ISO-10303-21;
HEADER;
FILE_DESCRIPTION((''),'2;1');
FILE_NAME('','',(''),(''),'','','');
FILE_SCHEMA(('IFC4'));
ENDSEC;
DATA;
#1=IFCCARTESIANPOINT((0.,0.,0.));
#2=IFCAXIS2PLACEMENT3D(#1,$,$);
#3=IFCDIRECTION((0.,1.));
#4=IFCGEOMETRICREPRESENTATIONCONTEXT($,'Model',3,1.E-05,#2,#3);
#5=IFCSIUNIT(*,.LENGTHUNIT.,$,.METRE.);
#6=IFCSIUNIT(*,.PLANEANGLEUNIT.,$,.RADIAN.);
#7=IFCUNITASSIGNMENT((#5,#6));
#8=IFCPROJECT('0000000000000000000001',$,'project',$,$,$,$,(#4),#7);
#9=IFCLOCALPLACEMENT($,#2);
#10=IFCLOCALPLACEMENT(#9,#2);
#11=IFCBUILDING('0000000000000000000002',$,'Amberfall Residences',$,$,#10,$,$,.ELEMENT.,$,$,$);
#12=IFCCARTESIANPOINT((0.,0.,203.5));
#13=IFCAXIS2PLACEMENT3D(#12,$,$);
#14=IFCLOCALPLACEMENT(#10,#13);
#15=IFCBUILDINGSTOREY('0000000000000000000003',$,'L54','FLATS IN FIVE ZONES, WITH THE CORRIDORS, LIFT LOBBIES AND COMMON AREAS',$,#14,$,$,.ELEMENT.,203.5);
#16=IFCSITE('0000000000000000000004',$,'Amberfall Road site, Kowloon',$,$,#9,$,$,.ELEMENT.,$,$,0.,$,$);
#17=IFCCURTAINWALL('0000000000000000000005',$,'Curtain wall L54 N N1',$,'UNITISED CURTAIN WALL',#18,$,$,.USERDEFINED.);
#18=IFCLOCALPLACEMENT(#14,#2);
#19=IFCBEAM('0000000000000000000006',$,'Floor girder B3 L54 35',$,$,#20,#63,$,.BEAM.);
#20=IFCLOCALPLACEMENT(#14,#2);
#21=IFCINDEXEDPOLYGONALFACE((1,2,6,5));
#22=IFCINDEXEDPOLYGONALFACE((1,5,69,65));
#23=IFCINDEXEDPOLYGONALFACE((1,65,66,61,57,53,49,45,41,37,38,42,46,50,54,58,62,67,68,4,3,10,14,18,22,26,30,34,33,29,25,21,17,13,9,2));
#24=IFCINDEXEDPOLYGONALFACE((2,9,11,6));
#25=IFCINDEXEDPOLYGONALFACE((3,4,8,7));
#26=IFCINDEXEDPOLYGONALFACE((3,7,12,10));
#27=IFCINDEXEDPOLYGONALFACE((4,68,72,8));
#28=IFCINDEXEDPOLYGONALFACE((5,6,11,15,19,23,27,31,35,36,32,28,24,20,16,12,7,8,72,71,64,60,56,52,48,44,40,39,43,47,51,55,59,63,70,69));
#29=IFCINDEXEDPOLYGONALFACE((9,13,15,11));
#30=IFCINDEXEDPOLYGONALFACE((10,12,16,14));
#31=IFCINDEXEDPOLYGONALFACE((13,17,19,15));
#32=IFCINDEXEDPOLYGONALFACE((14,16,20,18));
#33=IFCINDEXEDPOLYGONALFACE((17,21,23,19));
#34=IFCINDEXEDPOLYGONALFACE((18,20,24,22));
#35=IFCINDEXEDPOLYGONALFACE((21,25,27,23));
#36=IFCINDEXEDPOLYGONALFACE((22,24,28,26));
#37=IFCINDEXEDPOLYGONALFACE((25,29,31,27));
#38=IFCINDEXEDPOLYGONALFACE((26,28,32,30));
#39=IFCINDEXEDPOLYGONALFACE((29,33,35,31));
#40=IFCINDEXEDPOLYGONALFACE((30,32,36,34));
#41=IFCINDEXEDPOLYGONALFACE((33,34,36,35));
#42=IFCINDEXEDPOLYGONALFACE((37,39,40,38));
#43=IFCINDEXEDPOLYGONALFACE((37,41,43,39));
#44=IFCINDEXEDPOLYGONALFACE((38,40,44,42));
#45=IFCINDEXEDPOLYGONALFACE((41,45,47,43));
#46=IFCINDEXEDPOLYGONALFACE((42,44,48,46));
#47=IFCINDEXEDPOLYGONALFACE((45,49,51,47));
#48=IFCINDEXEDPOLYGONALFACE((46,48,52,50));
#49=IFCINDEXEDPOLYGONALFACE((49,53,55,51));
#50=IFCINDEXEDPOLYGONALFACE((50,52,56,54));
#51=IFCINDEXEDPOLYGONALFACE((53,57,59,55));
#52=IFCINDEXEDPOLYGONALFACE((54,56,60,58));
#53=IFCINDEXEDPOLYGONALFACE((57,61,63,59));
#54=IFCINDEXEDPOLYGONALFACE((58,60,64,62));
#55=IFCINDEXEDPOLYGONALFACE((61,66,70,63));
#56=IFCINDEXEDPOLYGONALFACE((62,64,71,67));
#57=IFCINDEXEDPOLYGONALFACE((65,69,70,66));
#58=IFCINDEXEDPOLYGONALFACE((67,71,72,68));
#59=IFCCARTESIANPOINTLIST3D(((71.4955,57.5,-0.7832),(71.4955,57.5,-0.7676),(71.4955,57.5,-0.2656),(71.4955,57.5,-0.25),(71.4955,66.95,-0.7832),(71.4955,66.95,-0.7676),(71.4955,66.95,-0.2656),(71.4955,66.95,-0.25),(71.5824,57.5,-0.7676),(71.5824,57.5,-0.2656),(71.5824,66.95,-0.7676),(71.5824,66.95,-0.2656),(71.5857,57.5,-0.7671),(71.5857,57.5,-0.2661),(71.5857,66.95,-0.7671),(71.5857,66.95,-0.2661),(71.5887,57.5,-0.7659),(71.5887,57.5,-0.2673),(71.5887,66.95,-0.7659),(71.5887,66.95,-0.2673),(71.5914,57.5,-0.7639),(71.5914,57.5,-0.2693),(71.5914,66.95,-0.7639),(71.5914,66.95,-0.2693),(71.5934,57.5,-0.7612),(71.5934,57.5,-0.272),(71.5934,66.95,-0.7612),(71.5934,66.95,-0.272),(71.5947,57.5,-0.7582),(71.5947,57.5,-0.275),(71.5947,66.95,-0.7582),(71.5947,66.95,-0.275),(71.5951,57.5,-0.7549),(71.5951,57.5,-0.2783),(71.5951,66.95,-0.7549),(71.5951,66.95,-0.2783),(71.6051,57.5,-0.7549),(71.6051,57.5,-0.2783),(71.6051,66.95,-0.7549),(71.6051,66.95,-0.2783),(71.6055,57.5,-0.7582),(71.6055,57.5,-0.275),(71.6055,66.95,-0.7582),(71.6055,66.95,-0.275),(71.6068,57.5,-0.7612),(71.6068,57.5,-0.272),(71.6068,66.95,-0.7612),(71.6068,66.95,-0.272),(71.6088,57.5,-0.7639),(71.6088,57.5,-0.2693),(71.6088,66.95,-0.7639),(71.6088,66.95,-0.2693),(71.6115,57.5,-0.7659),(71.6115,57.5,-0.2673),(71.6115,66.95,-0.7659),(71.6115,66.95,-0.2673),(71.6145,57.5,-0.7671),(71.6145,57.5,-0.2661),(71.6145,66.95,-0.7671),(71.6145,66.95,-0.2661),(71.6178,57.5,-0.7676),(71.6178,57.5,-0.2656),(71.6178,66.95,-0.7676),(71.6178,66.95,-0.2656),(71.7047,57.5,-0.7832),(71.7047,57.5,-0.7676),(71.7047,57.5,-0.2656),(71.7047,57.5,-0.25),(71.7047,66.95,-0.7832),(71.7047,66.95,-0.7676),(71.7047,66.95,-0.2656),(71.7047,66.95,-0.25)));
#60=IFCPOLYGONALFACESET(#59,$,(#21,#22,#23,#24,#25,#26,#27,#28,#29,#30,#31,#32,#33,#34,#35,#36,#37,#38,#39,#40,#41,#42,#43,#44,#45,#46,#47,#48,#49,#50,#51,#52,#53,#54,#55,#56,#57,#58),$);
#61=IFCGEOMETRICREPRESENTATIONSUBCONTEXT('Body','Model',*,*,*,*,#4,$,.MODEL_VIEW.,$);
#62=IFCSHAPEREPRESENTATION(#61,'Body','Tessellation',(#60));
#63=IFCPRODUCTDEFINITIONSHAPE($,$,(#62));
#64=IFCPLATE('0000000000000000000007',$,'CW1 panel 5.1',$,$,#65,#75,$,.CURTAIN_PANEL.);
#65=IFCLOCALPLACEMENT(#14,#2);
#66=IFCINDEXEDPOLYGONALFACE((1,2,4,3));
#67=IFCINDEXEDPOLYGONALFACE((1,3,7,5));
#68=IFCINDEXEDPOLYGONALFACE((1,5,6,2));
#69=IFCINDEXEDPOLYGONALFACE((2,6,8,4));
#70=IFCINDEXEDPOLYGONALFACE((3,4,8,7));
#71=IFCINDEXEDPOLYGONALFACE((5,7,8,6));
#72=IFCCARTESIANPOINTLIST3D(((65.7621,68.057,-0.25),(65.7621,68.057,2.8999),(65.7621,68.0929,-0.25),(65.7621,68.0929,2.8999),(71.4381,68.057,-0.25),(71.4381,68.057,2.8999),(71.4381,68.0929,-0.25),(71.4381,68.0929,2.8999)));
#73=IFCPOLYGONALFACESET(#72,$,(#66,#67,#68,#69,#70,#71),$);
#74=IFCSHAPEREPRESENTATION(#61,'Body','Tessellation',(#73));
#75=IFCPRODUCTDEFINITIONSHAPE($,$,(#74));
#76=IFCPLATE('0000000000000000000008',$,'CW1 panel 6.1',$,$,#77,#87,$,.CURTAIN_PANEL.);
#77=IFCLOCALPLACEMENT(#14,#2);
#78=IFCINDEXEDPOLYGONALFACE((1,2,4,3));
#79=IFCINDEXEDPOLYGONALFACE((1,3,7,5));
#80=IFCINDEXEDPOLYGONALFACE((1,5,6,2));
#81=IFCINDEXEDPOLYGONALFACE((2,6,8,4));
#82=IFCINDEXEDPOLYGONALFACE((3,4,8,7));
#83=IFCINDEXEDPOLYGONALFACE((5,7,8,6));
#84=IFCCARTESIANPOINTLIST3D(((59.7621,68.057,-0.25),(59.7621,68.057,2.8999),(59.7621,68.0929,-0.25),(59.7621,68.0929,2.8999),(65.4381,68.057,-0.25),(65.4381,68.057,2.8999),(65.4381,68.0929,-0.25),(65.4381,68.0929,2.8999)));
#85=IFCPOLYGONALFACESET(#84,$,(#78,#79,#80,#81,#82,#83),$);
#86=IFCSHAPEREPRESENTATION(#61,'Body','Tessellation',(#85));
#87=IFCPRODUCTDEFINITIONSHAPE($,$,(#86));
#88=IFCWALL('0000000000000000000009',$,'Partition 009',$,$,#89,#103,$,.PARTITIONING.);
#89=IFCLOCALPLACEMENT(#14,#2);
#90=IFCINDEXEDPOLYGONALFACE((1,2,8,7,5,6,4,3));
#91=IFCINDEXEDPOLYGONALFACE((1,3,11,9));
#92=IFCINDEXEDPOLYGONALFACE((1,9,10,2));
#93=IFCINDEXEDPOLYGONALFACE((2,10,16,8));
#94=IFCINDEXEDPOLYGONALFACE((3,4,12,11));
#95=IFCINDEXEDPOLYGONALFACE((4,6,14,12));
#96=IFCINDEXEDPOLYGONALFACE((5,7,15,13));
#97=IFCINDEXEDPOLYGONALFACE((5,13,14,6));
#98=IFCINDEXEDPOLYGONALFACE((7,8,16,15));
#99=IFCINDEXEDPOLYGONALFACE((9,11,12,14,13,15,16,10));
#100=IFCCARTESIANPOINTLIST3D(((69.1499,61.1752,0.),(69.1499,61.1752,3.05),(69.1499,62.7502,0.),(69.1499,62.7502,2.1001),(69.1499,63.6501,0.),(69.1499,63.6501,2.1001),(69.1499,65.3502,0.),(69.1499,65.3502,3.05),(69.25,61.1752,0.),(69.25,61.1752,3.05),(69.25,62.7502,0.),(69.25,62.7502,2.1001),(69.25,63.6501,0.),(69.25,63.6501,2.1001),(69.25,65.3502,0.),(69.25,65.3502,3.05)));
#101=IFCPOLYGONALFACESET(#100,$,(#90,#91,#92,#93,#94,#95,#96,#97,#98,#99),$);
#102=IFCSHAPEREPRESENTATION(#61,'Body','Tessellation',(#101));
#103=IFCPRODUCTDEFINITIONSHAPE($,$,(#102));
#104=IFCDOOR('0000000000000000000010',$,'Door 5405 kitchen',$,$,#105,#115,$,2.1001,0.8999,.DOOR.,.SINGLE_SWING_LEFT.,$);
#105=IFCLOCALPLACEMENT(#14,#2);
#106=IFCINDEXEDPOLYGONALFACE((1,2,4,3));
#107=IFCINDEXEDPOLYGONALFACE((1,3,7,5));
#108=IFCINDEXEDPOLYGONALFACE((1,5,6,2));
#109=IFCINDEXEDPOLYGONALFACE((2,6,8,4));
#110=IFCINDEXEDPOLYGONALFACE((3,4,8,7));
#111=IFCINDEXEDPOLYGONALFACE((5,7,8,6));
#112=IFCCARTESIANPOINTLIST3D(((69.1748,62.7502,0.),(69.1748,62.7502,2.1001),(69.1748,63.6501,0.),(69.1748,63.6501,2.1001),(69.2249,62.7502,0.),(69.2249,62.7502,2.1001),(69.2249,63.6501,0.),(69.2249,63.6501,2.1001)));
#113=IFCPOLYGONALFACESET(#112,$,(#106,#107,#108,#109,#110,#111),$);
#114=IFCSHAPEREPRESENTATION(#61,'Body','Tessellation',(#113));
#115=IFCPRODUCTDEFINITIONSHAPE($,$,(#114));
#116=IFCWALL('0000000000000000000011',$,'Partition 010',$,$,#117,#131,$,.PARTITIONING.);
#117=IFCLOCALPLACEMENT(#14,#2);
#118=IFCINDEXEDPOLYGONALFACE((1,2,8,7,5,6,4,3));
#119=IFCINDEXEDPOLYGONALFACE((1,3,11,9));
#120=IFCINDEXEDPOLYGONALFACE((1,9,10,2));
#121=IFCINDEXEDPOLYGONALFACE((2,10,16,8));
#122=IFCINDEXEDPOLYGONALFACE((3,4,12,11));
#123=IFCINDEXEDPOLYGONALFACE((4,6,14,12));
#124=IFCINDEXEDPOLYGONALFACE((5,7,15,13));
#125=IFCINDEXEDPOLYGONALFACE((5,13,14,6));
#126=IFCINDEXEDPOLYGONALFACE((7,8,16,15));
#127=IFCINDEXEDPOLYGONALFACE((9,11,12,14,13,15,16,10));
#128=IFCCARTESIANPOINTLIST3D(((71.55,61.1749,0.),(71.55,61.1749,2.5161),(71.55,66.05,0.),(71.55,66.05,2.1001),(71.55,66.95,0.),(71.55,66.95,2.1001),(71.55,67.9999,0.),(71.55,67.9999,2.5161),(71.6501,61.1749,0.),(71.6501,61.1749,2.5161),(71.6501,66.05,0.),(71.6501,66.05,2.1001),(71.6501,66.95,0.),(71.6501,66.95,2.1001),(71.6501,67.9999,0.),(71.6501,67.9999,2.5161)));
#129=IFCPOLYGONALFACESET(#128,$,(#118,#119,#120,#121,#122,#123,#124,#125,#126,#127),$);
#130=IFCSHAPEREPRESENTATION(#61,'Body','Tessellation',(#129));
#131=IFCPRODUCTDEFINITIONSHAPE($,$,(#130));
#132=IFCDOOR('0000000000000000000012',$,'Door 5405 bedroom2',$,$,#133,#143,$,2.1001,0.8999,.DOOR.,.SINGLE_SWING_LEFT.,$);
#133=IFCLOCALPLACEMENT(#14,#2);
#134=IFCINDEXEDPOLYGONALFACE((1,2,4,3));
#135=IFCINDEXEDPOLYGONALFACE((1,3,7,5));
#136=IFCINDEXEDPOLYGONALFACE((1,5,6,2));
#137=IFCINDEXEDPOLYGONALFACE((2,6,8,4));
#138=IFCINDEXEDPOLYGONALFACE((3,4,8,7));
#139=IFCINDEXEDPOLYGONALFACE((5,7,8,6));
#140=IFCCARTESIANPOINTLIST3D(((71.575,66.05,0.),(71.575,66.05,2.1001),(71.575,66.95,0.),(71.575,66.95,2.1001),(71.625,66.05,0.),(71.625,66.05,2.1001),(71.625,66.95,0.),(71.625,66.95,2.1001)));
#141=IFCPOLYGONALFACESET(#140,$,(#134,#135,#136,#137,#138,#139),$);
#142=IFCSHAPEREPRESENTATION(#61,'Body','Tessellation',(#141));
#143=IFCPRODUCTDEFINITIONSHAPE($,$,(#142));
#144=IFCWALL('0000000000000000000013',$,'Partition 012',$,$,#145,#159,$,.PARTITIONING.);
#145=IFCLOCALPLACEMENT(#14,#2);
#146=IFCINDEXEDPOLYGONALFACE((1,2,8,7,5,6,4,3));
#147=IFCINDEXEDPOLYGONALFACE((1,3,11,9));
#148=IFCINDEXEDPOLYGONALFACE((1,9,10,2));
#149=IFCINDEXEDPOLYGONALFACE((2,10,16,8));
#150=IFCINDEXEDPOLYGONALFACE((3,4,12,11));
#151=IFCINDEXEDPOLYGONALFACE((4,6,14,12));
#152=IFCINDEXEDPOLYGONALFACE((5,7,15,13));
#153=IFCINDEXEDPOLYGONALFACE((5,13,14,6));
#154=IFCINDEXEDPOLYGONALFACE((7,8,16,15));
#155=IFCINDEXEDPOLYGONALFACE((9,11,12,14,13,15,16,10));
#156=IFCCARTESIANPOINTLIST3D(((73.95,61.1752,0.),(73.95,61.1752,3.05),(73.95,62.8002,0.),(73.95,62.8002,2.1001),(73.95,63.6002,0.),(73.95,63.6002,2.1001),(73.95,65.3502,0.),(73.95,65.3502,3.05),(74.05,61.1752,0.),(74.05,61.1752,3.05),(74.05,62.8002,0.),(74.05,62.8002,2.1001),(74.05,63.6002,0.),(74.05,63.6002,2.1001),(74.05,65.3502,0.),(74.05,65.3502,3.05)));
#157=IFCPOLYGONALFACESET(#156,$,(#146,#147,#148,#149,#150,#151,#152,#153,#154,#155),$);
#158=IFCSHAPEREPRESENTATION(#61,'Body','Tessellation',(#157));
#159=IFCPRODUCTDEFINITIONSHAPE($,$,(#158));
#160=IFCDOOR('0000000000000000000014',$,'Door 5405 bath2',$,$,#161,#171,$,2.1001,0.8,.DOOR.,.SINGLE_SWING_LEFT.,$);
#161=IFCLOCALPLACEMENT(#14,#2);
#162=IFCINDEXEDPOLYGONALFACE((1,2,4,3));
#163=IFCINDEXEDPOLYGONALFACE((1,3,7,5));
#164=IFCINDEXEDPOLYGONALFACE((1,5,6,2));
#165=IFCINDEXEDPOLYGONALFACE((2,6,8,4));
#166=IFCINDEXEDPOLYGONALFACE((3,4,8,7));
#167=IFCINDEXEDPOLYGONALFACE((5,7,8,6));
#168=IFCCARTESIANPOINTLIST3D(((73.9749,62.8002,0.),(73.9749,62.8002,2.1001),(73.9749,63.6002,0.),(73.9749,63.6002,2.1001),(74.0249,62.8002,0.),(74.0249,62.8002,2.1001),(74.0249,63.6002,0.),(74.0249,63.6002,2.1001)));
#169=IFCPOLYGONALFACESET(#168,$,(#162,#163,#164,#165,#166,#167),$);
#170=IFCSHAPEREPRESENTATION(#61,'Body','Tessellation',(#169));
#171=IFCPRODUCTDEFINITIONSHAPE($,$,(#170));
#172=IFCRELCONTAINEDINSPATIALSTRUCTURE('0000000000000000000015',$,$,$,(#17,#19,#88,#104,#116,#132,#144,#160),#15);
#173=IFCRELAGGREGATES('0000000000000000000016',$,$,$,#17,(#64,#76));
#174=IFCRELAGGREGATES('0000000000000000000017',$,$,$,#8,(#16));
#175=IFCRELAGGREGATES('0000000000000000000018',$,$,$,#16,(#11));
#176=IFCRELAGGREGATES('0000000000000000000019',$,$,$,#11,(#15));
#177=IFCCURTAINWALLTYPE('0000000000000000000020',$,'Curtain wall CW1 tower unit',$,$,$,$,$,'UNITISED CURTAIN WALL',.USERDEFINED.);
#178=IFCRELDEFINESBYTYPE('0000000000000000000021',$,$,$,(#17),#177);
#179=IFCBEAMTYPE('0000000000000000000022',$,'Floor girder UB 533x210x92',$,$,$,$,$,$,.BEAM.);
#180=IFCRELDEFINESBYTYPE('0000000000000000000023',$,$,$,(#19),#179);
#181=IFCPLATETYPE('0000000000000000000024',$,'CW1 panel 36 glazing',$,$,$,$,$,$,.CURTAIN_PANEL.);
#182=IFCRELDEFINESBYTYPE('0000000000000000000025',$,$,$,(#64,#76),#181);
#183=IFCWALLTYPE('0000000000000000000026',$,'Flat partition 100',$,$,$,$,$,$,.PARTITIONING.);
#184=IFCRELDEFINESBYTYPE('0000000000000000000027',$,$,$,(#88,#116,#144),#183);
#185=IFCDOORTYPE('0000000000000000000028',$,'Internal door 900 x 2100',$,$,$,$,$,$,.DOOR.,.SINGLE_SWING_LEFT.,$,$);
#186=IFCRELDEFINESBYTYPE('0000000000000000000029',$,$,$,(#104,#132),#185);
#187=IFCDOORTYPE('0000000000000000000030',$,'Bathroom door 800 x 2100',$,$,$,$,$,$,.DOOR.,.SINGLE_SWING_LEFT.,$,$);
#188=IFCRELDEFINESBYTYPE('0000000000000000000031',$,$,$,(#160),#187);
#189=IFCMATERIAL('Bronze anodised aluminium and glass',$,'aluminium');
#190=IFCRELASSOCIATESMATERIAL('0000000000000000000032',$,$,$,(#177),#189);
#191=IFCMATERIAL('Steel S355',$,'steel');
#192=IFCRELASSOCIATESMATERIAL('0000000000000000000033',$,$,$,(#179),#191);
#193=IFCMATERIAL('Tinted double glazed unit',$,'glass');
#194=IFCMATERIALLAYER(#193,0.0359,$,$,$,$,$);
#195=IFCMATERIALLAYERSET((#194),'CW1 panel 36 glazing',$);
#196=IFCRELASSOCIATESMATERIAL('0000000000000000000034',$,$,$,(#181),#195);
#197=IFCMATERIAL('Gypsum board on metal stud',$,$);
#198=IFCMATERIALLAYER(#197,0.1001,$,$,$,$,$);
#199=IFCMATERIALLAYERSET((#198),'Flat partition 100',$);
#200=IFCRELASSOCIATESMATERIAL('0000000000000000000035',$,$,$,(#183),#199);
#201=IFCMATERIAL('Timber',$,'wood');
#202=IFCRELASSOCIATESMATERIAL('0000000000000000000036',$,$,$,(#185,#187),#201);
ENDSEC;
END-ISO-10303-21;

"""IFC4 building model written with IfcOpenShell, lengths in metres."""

from ifc_helpers import new_model, si_unit, direction, frame, frame_2d, origin, origin_2d, place, context, subcontext, project, spatial, rectangle, i_section, extrude, material, layer, layer_set, material_profile, profile_set, type_object, element, fill, aggregate, save


model = new_model("IFC4")

# Units and contexts
model_context = context("Model", 3, precision=1e-05, world=origin(), true_north=direction((0.0, 1.0)))
body_context = subcontext(model_context, "Body", "Model", "MODEL_VIEW")
ifc_project = project(units=[si_unit("LENGTHUNIT", "METRE"), si_unit("PLANEANGLEUNIT", "RADIAN")], contexts=[model_context])

# Site, building, storey
site_placement = place(None, origin())
site = spatial("IfcSite", under=ifc_project, at=site_placement, Name="Amberfall Road site, Kowloon", CompositionType="ELEMENT", RefElevation=0.0)
building_placement = place(site_placement, origin())
building = spatial("IfcBuilding", under=site, at=building_placement, Name="Amberfall Residences", CompositionType="ELEMENT")
storey_placement = place(building_placement, frame((0.0, 0.0, 203.5)))
storey = spatial("IfcBuildingStorey", under=building, at=storey_placement, Name="L54", Description="FLATS IN FIVE ZONES, WITH THE CORRIDORS, LIFT LOBBIES AND COMMON AREAS", CompositionType="ELEMENT", Elevation=203.5)

# Curtain wall
ifc_material_1 = material(Name="Bronze anodised aluminium and glass", Category="aluminium")
curtain_wall_type = type_object("IfcCurtainWallType", Name="Curtain wall CW1 tower unit", ElementType="UNITISED CURTAIN WALL", PredefinedType="USERDEFINED", material=ifc_material_1)
curtain_wall_placement = place(storey_placement, origin())
curtain_wall = element("IfcCurtainWall", 1, at=curtain_wall_placement, inside=storey, type_object=curtain_wall_type, Name="Curtain wall L54 N N1", ObjectType="UNITISED CURTAIN WALL", PredefinedType="USERDEFINED")

# Shared definitions
ifc_material_2 = material(Name="Steel S355", Category="steel")

# Beam
ifc_material_profile_1 = material_profile(ifc_material_2, i_section(OverallWidth=0.2092, OverallDepth=0.5332, WebThickness=0.01, FlangeThickness=0.0156, FilletRadius=0.0127, at=origin_2d()), Name="UB 533x210x92")
ifc_profile_set_1 = profile_set([ifc_material_profile_1], Name="Steel S355")
beam_type_1 = type_object("IfcBeamType", Name="Floor girder UB 533x210x92", PredefinedType="BEAM", material=ifc_profile_set_1)
for number, where, z_axis, x_axis, name in (
    (2, (71.6001, 66.95, -0.5166), (0.0, -1.0, 0.0), (1.0, 0.0, 0.0), "Floor girder B3 L54 35"),
):
    element("IfcBeam", number, at=place(storey_placement, frame(where, z_axis=z_axis, x_axis=x_axis)), inside=storey, type_object=beam_type_1, Name=name, PredefinedType="BEAM", context=body_context, shape_type="SweptSolid", body=[
        extrude(i_section(OverallWidth=0.2092, OverallDepth=0.5332, WebThickness=0.01, FlangeThickness=0.0156, FilletRadius=0.0127, at=origin_2d()), origin(), (0.0, 0.0, 1.0), 9.45),
    ])

# Plates
ifc_material_3 = material(Name="Tinted double glazed unit", Category="glass")
ifc_layer_1 = layer(ifc_material_3, 0.0359)
ifc_layer_set_1 = layer_set([ifc_layer_1], Name="CW1 panel 36 glazing")
plate_type = type_object("IfcPlateType", Name="CW1 panel 36 glazing", PredefinedType="CURTAIN_PANEL", material=ifc_layer_set_1)
plate_1_placement = place(storey_placement, frame((68.6001, 68.075, -0.25), z_axis=(0.0, 0.0, 1.0), x_axis=(-1.0, 0.0, 0.0)))
plate_1 = element("IfcPlate", 3, at=plate_1_placement, type_object=plate_type, Name="CW1 panel 5.1", PredefinedType="CURTAIN_PANEL", context=body_context, shape_type="SweptSolid", body=[
    extrude(rectangle(XDim=5.676, YDim=0.0359, at=origin_2d()), origin(), (0.0, 0.0, 1.0), 3.1499),
])
plate_2_placement = place(storey_placement, frame((62.6001, 68.075, -0.25), z_axis=(0.0, 0.0, 1.0), x_axis=(-1.0, 0.0, 0.0)))
plate_2 = element("IfcPlate", 4, at=plate_2_placement, type_object=plate_type, Name="CW1 panel 6.1", PredefinedType="CURTAIN_PANEL", context=body_context, shape_type="SweptSolid", body=[
    extrude(rectangle(XDim=5.676, YDim=0.0359, at=origin_2d()), origin(), (0.0, 0.0, 1.0), 3.1499),
])
aggregate(curtain_wall, [plate_1, plate_2])

# Walls, openings, doors
ifc_material_4 = material(Name="Gypsum board on metal stud")
ifc_layer_2 = layer(ifc_material_4, 0.1001)
ifc_layer_set_2 = layer_set([ifc_layer_2], Name="Flat partition 100")
wall_type = type_object("IfcWallType", Name="Flat partition 100", PredefinedType="PARTITIONING", material=ifc_layer_set_2)
wall_1_placement = place(storey_placement, frame((69.2, 65.3501, 0.0), z_axis=(0.0, 0.0, 1.0), x_axis=(0.0, -1.0, 0.0)))
wall_1 = element("IfcWall", 5, at=wall_1_placement, inside=storey, type_object=wall_type, Name="Partition 009", PredefinedType="PARTITIONING", context=body_context, shape_type="SweptSolid", body=[
    extrude(rectangle(XDim=4.175, YDim=0.1001, at=frame_2d((2.0874, 0.0))), origin(), (0.0, 0.0, 1.0), 3.05),
])
opening_1_placement = place(wall_1_placement, frame((1.7, 0.0, 0.0)))
opening_1 = element("IfcOpeningElement", 6, at=opening_1_placement, cuts=wall_1, PredefinedType="OPENING", context=body_context, shape_type="SweptSolid", body=[
    extrude(rectangle(XDim=0.8999, YDim=2.1001, at=frame_2d((0.45, 1.05))), frame((0.0, 0.0601, 0.0), z_axis=(0.0, -1.0, 0.0), x_axis=(1.0, 0.0, 0.0)), (0.0, 0.0, 1.0), 0.1201),
])
ifc_material_5 = material(Name="Timber", Category="wood")
door_type_1 = type_object("IfcDoorType", Name="Internal door 900 x 2100", OperationType="SINGLE_SWING_LEFT", PredefinedType="DOOR", material=ifc_material_5)
door_1_placement = place(opening_1_placement, origin())
door_1 = element("IfcDoor", 7, at=door_1_placement, inside=storey, type_object=door_type_1, Name="Door 5405 kitchen", OperationType="SINGLE_SWING_LEFT", OverallHeight=2.1001, OverallWidth=0.8999, PredefinedType="DOOR", context=body_context, shape_type="SweptSolid", body=[
    extrude(rectangle(XDim=0.8999, YDim=2.1001, at=frame_2d((0.45, 1.05))), frame((0.0, 0.0249, 0.0), z_axis=(0.0, -1.0, 0.0), x_axis=(1.0, 0.0, 0.0)), (0.0, 0.0, 1.0), 0.05),
])
fill(opening_1, door_1)
wall_2_placement = place(storey_placement, frame((71.6001, 68.0, 0.0), z_axis=(0.0, 0.0, 1.0), x_axis=(0.0, -1.0, 0.0)))
wall_2 = element("IfcWall", 8, at=wall_2_placement, inside=storey, type_object=wall_type, Name="Partition 010", PredefinedType="PARTITIONING", context=body_context, shape_type="SweptSolid", body=[
    extrude(rectangle(XDim=6.825, YDim=0.1001, at=frame_2d((3.4126, 0.0))), origin(), (0.0, 0.0, 1.0), 2.5161),
])
opening_2_placement = place(wall_2_placement, frame((1.05, 0.0, 0.0)))
opening_2 = element("IfcOpeningElement", 9, at=opening_2_placement, cuts=wall_2, PredefinedType="OPENING", context=body_context, shape_type="SweptSolid", body=[
    extrude(rectangle(XDim=0.8999, YDim=2.1001, at=frame_2d((0.45, 1.05))), frame((0.0, 0.0601, 0.0), z_axis=(0.0, -1.0, 0.0), x_axis=(1.0, 0.0, 0.0)), (0.0, 0.0, 1.0), 0.1201),
])
door_2_placement = place(opening_2_placement, origin())
door_2 = element("IfcDoor", 10, at=door_2_placement, inside=storey, type_object=door_type_1, Name="Door 5405 bedroom2", OperationType="SINGLE_SWING_LEFT", OverallHeight=2.1001, OverallWidth=0.8999, PredefinedType="DOOR", context=body_context, shape_type="SweptSolid", body=[
    extrude(rectangle(XDim=0.8999, YDim=2.1001, at=frame_2d((0.45, 1.05))), frame((0.0, 0.0249, 0.0), z_axis=(0.0, -1.0, 0.0), x_axis=(1.0, 0.0, 0.0)), (0.0, 0.0, 1.0), 0.05),
])
fill(opening_2, door_2)
wall_3_placement = place(storey_placement, frame((74.0, 65.3501, 0.0), z_axis=(0.0, 0.0, 1.0), x_axis=(0.0, -1.0, 0.0)))
wall_3 = element("IfcWall", 11, at=wall_3_placement, inside=storey, type_object=wall_type, Name="Partition 012", PredefinedType="PARTITIONING", context=body_context, shape_type="SweptSolid", body=[
    extrude(rectangle(XDim=4.175, YDim=0.1001, at=frame_2d((2.0874, 0.0))), origin(), (0.0, 0.0, 1.0), 3.05),
])
opening_3_placement = place(wall_3_placement, frame((1.75, 0.0, 0.0)))
opening_3 = element("IfcOpeningElement", 12, at=opening_3_placement, cuts=wall_3, PredefinedType="OPENING", context=body_context, shape_type="SweptSolid", body=[
    extrude(rectangle(XDim=0.8, YDim=2.1001, at=frame_2d((0.3999, 1.05))), frame((0.0, 0.0601, 0.0), z_axis=(0.0, -1.0, 0.0), x_axis=(1.0, 0.0, 0.0)), (0.0, 0.0, 1.0), 0.1201),
])
door_type_2 = type_object("IfcDoorType", Name="Bathroom door 800 x 2100", OperationType="SINGLE_SWING_LEFT", PredefinedType="DOOR", material=ifc_material_5)
door_3_placement = place(opening_3_placement, origin())
door_3 = element("IfcDoor", 13, at=door_3_placement, inside=storey, type_object=door_type_2, Name="Door 5405 bath2", OperationType="SINGLE_SWING_LEFT", OverallHeight=2.1001, OverallWidth=0.8, PredefinedType="DOOR", context=body_context, shape_type="SweptSolid", body=[
    extrude(rectangle(XDim=0.8, YDim=2.1001, at=frame_2d((0.3999, 1.05))), frame((0.0, 0.0249, 0.0), z_axis=(0.0, -1.0, 0.0), x_axis=(1.0, 0.0, 0.0)), (0.0, 0.0, 1.0), 0.05),
])
fill(opening_3, door_3)

save(model, "model.ifc")
